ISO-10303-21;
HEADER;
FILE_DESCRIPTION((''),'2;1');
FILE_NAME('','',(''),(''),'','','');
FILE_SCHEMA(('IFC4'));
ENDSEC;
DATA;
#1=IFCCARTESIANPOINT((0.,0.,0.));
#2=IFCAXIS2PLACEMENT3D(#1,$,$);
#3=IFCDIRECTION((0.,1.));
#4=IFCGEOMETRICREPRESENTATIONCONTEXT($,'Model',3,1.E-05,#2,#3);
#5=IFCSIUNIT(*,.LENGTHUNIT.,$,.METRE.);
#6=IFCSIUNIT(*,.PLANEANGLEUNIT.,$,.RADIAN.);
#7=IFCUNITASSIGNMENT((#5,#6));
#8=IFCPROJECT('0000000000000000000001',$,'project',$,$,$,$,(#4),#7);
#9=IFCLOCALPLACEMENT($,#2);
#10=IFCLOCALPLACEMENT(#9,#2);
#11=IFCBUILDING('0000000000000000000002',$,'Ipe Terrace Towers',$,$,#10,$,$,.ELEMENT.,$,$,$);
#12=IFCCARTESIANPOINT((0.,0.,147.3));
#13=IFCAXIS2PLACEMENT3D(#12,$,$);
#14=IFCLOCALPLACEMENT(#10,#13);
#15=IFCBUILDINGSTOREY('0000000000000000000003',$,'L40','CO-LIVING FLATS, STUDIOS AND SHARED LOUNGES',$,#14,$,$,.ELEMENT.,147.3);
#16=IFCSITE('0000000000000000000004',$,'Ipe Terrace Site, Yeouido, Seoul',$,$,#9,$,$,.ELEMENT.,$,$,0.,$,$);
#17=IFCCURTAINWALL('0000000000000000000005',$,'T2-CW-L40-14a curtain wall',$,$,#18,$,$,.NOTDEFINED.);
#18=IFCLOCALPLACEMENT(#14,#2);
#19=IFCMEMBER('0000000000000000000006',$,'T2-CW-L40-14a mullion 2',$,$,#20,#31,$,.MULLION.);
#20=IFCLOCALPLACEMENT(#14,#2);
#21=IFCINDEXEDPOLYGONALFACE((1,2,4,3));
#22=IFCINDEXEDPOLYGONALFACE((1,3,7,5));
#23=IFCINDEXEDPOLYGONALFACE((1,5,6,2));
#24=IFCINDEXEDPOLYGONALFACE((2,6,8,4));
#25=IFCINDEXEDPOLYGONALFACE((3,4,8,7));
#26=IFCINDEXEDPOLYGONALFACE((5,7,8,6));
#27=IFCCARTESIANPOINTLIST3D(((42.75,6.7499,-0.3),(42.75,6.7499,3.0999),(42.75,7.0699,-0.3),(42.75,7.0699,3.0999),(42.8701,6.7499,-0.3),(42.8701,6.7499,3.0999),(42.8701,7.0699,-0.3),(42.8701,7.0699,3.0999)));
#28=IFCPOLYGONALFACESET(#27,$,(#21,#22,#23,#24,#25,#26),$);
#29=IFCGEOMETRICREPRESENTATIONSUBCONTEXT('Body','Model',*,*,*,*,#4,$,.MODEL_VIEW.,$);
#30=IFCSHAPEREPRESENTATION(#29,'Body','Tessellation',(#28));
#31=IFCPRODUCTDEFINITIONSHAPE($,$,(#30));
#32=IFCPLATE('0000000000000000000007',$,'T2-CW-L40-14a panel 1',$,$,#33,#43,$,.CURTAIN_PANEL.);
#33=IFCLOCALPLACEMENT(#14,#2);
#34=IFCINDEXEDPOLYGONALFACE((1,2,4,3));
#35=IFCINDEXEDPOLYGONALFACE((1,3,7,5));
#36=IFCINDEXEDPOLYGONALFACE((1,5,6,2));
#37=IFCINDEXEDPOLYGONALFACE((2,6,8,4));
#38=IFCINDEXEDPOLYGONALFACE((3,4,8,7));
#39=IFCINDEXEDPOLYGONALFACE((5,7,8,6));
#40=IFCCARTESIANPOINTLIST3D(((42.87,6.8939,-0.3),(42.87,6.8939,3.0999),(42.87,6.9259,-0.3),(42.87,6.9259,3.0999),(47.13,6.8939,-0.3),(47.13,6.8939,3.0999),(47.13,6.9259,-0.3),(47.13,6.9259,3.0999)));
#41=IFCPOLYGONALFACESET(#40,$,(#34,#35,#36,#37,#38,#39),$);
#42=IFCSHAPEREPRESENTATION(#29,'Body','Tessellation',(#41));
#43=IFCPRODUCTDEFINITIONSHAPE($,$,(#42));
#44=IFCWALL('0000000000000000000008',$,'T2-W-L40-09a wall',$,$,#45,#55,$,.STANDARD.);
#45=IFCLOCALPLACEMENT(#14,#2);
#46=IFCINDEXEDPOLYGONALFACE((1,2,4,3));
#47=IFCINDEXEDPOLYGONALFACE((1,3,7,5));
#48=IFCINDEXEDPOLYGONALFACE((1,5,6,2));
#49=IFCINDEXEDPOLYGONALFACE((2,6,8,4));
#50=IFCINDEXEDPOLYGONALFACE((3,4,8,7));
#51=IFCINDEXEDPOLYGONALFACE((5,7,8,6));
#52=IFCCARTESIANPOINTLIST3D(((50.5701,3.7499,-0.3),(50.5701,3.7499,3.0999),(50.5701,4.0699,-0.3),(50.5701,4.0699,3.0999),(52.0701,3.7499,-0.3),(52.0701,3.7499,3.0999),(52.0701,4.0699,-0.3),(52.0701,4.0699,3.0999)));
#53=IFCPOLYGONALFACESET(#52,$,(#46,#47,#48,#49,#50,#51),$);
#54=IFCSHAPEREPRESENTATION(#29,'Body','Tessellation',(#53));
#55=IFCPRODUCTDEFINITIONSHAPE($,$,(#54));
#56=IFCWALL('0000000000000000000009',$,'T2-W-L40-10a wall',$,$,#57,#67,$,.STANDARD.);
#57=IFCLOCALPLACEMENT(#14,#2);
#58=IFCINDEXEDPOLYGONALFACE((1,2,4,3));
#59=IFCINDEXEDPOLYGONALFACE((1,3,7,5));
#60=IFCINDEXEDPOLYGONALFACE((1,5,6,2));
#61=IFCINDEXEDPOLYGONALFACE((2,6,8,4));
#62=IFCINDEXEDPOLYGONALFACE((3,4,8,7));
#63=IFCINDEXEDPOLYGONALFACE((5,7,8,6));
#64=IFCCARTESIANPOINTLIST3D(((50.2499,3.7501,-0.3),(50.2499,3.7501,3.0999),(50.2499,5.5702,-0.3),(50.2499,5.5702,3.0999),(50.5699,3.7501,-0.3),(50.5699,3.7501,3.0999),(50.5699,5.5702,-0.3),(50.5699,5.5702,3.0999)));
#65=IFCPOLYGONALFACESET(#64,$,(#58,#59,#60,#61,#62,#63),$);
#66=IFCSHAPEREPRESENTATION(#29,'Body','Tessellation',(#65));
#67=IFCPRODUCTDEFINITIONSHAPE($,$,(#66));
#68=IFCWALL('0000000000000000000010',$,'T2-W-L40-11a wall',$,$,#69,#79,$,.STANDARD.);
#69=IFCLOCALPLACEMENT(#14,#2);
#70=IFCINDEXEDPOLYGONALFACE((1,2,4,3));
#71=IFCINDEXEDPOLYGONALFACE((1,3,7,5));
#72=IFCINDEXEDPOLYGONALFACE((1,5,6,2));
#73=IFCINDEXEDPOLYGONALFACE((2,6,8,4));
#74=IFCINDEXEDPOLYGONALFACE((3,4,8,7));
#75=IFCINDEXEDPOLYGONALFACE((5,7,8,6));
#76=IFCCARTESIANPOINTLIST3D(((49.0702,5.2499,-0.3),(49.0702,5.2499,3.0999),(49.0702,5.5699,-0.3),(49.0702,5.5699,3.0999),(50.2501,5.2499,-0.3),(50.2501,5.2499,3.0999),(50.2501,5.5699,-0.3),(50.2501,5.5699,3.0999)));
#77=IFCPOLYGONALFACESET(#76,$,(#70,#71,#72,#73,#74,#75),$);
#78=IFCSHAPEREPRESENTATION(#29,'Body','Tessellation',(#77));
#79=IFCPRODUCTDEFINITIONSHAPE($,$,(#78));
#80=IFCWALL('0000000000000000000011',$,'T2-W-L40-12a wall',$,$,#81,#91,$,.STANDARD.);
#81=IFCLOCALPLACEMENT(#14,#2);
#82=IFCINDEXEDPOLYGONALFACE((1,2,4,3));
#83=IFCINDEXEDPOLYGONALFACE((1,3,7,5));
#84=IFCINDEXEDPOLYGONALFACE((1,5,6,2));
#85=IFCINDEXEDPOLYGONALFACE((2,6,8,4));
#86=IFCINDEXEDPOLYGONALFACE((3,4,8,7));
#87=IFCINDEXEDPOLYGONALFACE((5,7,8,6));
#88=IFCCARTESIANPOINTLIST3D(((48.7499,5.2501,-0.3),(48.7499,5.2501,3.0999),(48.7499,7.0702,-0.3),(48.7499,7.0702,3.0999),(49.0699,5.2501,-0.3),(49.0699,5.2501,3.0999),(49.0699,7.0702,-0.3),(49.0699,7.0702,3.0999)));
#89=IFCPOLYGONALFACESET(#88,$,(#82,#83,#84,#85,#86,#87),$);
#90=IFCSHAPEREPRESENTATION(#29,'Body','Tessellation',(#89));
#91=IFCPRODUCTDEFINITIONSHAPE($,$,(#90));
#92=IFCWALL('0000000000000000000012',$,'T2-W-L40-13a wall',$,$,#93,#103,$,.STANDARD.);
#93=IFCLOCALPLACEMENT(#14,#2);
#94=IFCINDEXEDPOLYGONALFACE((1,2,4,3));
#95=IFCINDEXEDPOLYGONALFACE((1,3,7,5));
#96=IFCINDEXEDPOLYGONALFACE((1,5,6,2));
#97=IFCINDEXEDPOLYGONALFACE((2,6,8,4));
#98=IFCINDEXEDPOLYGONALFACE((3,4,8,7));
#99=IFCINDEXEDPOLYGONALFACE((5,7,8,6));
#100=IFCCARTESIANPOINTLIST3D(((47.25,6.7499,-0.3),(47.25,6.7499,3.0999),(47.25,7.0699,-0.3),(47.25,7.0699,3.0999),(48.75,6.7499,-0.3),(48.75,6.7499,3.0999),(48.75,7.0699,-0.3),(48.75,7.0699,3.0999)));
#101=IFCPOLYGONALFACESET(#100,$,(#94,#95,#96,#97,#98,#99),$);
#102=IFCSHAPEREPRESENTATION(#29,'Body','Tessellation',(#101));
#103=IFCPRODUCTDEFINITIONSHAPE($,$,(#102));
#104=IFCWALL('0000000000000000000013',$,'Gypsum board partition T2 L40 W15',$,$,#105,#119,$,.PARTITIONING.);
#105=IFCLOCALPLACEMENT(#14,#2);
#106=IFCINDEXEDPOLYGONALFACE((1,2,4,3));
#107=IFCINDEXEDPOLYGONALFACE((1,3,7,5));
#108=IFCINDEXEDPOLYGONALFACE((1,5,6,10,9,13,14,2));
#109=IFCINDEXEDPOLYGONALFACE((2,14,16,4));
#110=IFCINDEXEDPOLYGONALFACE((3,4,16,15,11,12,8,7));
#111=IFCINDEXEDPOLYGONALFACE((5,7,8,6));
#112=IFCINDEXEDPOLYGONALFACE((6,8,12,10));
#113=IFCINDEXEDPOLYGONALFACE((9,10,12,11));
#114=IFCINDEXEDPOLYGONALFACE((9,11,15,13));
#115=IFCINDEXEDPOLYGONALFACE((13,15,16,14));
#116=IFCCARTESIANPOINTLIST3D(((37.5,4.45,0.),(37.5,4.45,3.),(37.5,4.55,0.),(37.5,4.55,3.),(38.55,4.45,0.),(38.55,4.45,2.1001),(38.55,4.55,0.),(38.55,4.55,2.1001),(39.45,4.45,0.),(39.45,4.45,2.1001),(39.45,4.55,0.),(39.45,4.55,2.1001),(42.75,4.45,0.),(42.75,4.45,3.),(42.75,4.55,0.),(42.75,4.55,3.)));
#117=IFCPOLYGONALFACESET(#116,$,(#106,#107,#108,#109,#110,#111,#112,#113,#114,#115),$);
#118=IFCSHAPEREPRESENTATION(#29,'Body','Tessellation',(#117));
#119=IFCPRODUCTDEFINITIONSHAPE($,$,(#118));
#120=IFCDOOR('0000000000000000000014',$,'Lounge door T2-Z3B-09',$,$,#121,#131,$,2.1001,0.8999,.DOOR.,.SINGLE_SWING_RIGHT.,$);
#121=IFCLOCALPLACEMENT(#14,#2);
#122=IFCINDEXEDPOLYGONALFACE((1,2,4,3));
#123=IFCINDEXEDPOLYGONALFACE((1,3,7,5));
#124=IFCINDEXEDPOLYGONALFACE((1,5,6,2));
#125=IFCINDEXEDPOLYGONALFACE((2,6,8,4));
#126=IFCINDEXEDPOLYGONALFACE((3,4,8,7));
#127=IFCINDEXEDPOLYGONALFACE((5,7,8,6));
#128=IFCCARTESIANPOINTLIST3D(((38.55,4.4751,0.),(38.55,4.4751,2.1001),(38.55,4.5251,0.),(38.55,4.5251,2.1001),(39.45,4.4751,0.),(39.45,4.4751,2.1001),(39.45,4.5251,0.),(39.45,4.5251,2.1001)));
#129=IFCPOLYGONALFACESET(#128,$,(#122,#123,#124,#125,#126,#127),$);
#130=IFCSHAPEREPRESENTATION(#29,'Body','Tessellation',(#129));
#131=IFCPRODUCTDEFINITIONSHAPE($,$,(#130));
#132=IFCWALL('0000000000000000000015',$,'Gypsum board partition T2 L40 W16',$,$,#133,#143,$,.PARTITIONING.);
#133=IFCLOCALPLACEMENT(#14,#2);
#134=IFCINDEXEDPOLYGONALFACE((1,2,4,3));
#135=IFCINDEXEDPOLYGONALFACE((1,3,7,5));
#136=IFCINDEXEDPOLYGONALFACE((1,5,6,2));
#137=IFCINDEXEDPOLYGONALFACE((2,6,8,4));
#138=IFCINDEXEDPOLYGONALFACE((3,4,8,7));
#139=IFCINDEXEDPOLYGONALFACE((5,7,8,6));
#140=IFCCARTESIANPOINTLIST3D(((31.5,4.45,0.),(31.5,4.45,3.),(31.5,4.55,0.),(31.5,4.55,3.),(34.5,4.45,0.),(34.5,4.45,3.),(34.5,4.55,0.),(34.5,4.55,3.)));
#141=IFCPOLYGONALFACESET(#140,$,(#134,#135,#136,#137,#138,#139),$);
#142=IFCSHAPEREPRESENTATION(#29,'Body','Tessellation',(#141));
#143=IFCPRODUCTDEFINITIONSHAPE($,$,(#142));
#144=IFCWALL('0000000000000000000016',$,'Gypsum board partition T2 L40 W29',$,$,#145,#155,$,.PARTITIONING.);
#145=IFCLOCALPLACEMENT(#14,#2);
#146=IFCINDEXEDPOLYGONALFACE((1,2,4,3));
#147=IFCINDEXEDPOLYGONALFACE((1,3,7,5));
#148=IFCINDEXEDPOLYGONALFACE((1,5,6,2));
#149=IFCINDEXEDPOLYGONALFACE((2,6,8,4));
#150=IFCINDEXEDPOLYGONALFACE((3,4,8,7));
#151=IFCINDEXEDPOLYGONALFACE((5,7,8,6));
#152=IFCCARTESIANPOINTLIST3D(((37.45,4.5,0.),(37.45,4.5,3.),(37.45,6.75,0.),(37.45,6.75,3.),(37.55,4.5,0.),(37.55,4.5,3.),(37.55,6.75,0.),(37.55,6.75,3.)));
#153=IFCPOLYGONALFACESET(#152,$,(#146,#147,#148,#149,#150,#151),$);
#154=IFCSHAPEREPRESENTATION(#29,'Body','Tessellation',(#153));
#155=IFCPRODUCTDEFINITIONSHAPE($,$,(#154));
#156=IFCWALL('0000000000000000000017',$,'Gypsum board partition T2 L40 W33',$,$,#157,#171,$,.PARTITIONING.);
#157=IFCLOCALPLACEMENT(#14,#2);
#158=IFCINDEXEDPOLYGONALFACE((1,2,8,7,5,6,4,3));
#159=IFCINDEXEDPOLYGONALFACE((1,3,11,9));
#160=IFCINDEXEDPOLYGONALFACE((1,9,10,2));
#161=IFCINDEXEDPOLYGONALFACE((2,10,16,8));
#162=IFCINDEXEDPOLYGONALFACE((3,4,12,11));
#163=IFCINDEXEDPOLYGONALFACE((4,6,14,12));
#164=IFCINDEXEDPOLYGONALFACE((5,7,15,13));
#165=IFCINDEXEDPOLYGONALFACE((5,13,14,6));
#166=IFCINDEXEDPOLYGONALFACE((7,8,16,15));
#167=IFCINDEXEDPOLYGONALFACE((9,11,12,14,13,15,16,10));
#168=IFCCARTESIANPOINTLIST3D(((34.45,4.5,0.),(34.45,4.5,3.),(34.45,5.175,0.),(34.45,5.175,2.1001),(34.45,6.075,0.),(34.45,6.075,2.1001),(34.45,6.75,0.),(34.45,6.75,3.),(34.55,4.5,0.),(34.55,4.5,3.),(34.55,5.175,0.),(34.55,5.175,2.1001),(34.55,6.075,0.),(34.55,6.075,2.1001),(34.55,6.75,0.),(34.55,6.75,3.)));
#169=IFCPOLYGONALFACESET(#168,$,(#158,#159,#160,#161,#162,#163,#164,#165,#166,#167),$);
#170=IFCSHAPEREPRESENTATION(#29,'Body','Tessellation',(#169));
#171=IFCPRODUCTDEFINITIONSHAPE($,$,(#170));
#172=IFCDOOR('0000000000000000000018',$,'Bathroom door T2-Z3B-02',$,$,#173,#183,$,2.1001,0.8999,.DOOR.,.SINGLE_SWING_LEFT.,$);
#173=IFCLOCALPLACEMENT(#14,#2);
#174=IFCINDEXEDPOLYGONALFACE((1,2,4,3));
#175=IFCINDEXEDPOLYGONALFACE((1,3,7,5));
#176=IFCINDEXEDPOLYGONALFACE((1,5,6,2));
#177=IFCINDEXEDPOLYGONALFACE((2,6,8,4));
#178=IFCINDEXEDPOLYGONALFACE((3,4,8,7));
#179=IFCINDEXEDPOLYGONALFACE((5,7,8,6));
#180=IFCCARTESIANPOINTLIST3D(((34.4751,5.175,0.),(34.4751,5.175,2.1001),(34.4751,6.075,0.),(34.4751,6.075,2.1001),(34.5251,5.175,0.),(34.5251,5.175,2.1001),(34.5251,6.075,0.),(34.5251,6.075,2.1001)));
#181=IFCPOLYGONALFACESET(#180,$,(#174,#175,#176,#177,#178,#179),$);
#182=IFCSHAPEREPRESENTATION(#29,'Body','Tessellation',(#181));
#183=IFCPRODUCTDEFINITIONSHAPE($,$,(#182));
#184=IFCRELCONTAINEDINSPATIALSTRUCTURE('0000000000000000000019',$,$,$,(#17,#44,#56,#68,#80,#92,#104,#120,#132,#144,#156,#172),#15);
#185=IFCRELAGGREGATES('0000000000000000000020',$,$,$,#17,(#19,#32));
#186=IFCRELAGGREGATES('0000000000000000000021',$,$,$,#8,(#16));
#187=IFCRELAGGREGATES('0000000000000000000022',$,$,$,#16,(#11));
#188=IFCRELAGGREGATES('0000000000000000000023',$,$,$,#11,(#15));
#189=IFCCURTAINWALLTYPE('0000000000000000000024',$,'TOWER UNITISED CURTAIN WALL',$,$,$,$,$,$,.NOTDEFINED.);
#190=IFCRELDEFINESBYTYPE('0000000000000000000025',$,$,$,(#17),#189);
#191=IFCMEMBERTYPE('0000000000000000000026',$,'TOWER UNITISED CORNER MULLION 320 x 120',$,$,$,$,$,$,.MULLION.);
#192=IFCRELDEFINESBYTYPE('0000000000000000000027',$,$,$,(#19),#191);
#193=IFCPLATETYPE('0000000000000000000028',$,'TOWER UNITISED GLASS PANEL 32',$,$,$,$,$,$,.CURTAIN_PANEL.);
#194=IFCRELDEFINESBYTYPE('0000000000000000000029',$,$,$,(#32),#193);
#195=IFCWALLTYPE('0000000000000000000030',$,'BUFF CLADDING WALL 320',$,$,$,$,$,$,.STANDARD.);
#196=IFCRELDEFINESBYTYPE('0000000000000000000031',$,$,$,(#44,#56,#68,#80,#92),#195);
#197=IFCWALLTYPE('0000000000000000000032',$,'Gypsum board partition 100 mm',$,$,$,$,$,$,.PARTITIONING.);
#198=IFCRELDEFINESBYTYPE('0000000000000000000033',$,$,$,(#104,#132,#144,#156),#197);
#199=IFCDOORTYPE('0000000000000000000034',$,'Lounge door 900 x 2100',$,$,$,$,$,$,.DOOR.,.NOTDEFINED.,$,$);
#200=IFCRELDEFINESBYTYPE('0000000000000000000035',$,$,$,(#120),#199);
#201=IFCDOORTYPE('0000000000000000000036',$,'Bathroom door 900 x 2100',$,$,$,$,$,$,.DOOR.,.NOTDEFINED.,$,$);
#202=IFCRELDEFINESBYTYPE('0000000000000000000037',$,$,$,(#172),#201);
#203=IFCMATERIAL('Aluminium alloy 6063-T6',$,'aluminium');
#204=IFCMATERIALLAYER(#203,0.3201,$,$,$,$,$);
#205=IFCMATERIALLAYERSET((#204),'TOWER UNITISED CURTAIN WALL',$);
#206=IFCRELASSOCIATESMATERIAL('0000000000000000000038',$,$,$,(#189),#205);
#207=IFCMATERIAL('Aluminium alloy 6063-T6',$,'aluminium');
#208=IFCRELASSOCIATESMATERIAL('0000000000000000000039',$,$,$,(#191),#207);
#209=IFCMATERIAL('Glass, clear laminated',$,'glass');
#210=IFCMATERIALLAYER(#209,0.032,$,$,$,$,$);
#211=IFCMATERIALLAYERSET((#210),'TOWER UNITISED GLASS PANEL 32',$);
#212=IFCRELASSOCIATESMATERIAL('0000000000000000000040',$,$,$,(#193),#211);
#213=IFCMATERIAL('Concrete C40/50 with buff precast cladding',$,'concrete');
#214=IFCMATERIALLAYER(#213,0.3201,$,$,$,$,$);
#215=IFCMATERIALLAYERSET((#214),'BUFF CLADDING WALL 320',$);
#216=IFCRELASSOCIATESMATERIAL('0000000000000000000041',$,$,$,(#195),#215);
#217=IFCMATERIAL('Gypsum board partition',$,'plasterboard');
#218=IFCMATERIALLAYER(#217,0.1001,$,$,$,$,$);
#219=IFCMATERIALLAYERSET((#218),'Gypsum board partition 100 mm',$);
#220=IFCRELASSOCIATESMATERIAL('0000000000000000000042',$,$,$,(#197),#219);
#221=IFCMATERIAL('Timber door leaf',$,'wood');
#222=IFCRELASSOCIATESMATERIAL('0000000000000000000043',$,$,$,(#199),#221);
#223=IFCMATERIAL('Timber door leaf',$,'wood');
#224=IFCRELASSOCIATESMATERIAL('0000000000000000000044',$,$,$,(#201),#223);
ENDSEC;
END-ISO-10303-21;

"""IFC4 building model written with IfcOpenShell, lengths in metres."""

from ifc_helpers import new_model, si_unit, direction, frame, frame_2d, origin, origin_2d, place, context, subcontext, project, spatial, rectangle, extrude, material, layer, layer_set, material_profile, profile_set, type_object, element, fill, aggregate, save


model = new_model("IFC4")

# Units and contexts
model_context = context("Model", 3, precision=1e-05, world=origin(), true_north=direction((0.0, 1.0)))
body_context = subcontext(model_context, "Body", "Model", "MODEL_VIEW")
ifc_project = project(units=[si_unit("LENGTHUNIT", "METRE"), si_unit("PLANEANGLEUNIT", "RADIAN")], contexts=[model_context])

# Site, building, storey
site_placement = place(None, origin())
site = spatial("IfcSite", under=ifc_project, at=site_placement, Name="Ipe Terrace Site, Yeouido, Seoul", CompositionType="ELEMENT", RefElevation=0.0)
building_placement = place(site_placement, origin())
building = spatial("IfcBuilding", under=site, at=building_placement, Name="Ipe Terrace Towers", CompositionType="ELEMENT")
storey_placement = place(building_placement, frame((0.0, 0.0, 147.3)))
storey = spatial("IfcBuildingStorey", under=building, at=storey_placement, Name="L40", Description="CO-LIVING FLATS, STUDIOS AND SHARED LOUNGES", CompositionType="ELEMENT", Elevation=147.3)

# Curtain wall, member, plate
ifc_material_1 = material(Name="Aluminium alloy 6063-T6", Category="aluminium")
ifc_layer_1 = layer(ifc_material_1, 0.3201)
ifc_layer_set_1 = layer_set([ifc_layer_1], Name="TOWER UNITISED CURTAIN WALL")
curtain_wall_type = type_object("IfcCurtainWallType", Name="TOWER UNITISED CURTAIN WALL", PredefinedType="NOTDEFINED", material=ifc_layer_set_1)
curtain_wall_placement = place(storey_placement, origin())
curtain_wall = element("IfcCurtainWall", 1, at=curtain_wall_placement, inside=storey, type_object=curtain_wall_type, Name="T2-CW-L40-14a curtain wall", PredefinedType="NOTDEFINED")
ifc_material_2 = material(Name="Aluminium alloy 6063-T6", Category="aluminium")
ifc_material_profile_1 = material_profile(ifc_material_2, rectangle(XDim=0.3201, YDim=0.1201, at=origin_2d()), Name="TOWER UNITISED CORNER MULLION 320 x 120")
ifc_profile_set_1 = profile_set([ifc_material_profile_1], Name="Aluminium alloy 6063-T6")
member_type = type_object("IfcMemberType", Name="TOWER UNITISED CORNER MULLION 320 x 120", PredefinedType="MULLION", material=ifc_profile_set_1)
member_1_placement = place(storey_placement, frame((42.8101, 6.9099, -0.3), z_axis=(0.0, 0.0, 1.0), x_axis=(0.0, 1.0, 0.0)))
member_1 = element("IfcMember", 2, at=member_1_placement, type_object=member_type, Name="T2-CW-L40-14a mullion 2", PredefinedType="MULLION", context=body_context, shape_type="SweptSolid", body=[
    extrude(rectangle(XDim=0.3201, YDim=0.1201, at=origin_2d()), origin(), (0.0, 0.0, 1.0), 3.3999),
])
ifc_material_3 = material(Name="Glass, clear laminated", Category="glass")
ifc_layer_2 = layer(ifc_material_3, 0.032)
ifc_layer_set_2 = layer_set([ifc_layer_2], Name="TOWER UNITISED GLASS PANEL 32")
plate_type = type_object("IfcPlateType", Name="TOWER UNITISED GLASS PANEL 32", PredefinedType="CURTAIN_PANEL", material=ifc_layer_set_2)
plate_placement = place(storey_placement, frame((45.0, 6.9099, -0.3), z_axis=(0.0, 0.0, 1.0), x_axis=(-1.0, 0.0, 0.0)))
plate = element("IfcPlate", 3, at=plate_placement, type_object=plate_type, Name="T2-CW-L40-14a panel 1", PredefinedType="CURTAIN_PANEL", context=body_context, shape_type="SweptSolid", body=[
    extrude(rectangle(XDim=4.26, YDim=0.032, at=origin_2d()), origin(), (0.0, 0.0, 1.0), 3.3999),
])
aggregate(curtain_wall, [member_1, plate])

# Walls
ifc_material_4 = material(Name="Concrete C40/50 with buff precast cladding", Category="concrete")
ifc_layer_3 = layer(ifc_material_4, 0.3201)
ifc_layer_set_3 = layer_set([ifc_layer_3], Name="BUFF CLADDING WALL 320")
wall_type_1 = type_object("IfcWallType", Name="BUFF CLADDING WALL 320", PredefinedType="STANDARD", material=ifc_layer_set_3)
wall_1_placement = place(storey_placement, frame((52.0701, 3.9099, -0.3), z_axis=(0.0, 0.0, 1.0), x_axis=(-1.0, 0.0, 0.0)))
element("IfcWall", 4, at=wall_1_placement, inside=storey, type_object=wall_type_1, Name="T2-W-L40-09a wall", PredefinedType="STANDARD", context=body_context, shape_type="SweptSolid", body=[
    extrude(rectangle(XDim=1.5, YDim=0.3201, at=frame_2d((0.75, 0.0))), origin(), (0.0, 0.0, 1.0), 3.3999),
])
wall_2_placement = place(storey_placement, frame((50.4099, 3.75, -0.3), z_axis=(0.0, 0.0, 1.0), x_axis=(0.0, 1.0, 0.0)))
element("IfcWall", 5, at=wall_2_placement, inside=storey, type_object=wall_type_1, Name="T2-W-L40-10a wall", PredefinedType="STANDARD", context=body_context, shape_type="SweptSolid", body=[
    extrude(rectangle(XDim=1.8201, YDim=0.3201, at=frame_2d((0.9102, 0.0))), origin(), (0.0, 0.0, 1.0), 3.3999),
])
wall_3_placement = place(storey_placement, frame((50.25, 5.4099, -0.3), z_axis=(0.0, 0.0, 1.0), x_axis=(-1.0, 0.0, 0.0)))
element("IfcWall", 6, at=wall_3_placement, inside=storey, type_object=wall_type_1, Name="T2-W-L40-11a wall", PredefinedType="STANDARD", context=body_context, shape_type="SweptSolid", body=[
    extrude(rectangle(XDim=1.1799, YDim=0.3201, at=frame_2d((0.5898, 0.0))), origin(), (0.0, 0.0, 1.0), 3.3999),
])
wall_4_placement = place(storey_placement, frame((48.9099, 5.25, -0.3), z_axis=(0.0, 0.0, 1.0), x_axis=(0.0, 1.0, 0.0)))
element("IfcWall", 7, at=wall_4_placement, inside=storey, type_object=wall_type_1, Name="T2-W-L40-12a wall", PredefinedType="STANDARD", context=body_context, shape_type="SweptSolid", body=[
    extrude(rectangle(XDim=1.8201, YDim=0.3201, at=frame_2d((0.9102, 0.0))), origin(), (0.0, 0.0, 1.0), 3.3999),
])
wall_5_placement = place(storey_placement, frame((48.75, 6.9099, -0.3), z_axis=(0.0, 0.0, 1.0), x_axis=(-1.0, 0.0, 0.0)))
element("IfcWall", 8, at=wall_5_placement, inside=storey, type_object=wall_type_1, Name="T2-W-L40-13a wall", PredefinedType="STANDARD", context=body_context, shape_type="SweptSolid", body=[
    extrude(rectangle(XDim=1.5, YDim=0.3201, at=frame_2d((0.75, 0.0))), origin(), (0.0, 0.0, 1.0), 3.3999),
])

# Wall, opening, door
ifc_material_5 = material(Name="Gypsum board partition", Category="plasterboard")
ifc_layer_4 = layer(ifc_material_5, 0.1001)
ifc_layer_set_4 = layer_set([ifc_layer_4], Name="Gypsum board partition 100 mm")
wall_type_2 = type_object("IfcWallType", Name="Gypsum board partition 100 mm", PredefinedType="PARTITIONING", material=ifc_layer_set_4)
wall_6_placement = place(storey_placement, frame((42.75, 4.5, 0.0), z_axis=(0.0, 0.0, 1.0), x_axis=(-1.0, 0.0, 0.0)))
wall_6 = element("IfcWall", 9, at=wall_6_placement, inside=storey, type_object=wall_type_2, Name="Gypsum board partition T2 L40 W15", PredefinedType="PARTITIONING", context=body_context, shape_type="SweptSolid", body=[
    extrude(rectangle(XDim=5.25, YDim=0.1001, at=frame_2d((2.625, 0.0))), origin(), (0.0, 0.0, 1.0), 3.0),
])
opening_1_placement = place(wall_6_placement, frame((3.3, 0.0, 0.0)))
opening_1 = element("IfcOpeningElement", 10, at=opening_1_placement, cuts=wall_6, PredefinedType="OPENING", context=body_context, shape_type="SweptSolid", body=[
    extrude(rectangle(XDim=0.8999, YDim=2.1001, at=frame_2d((0.45, 1.05))), frame((0.0, 0.0601, 0.0), z_axis=(0.0, -1.0, 0.0), x_axis=(1.0, 0.0, 0.0)), (0.0, 0.0, 1.0), 0.1201),
])
ifc_material_6 = material(Name="Timber door leaf", Category="wood")
door_type_1 = type_object("IfcDoorType", Name="Lounge door 900 x 2100", OperationType="NOTDEFINED", PredefinedType="DOOR", material=ifc_material_6)
door_1_placement = place(opening_1_placement, origin())
door_1 = element("IfcDoor", 11, at=door_1_placement, inside=storey, type_object=door_type_1, Name="Lounge door T2-Z3B-09", OperationType="SINGLE_SWING_RIGHT", OverallHeight=2.1001, OverallWidth=0.8999, PredefinedType="DOOR", context=body_context, shape_type="SweptSolid", body=[
    extrude(rectangle(XDim=0.8999, YDim=2.1001, at=frame_2d((0.45, 1.05))), frame((0.0, 0.0249, 0.0), z_axis=(0.0, -1.0, 0.0), x_axis=(1.0, 0.0, 0.0)), (0.0, 0.0, 1.0), 0.05),
])
fill(opening_1, door_1)

# Walls
wall_7_placement = place(storey_placement, frame((34.5, 4.5, 0.0), z_axis=(0.0, 0.0, 1.0), x_axis=(-1.0, 0.0, 0.0)))
element("IfcWall", 12, at=wall_7_placement, inside=storey, type_object=wall_type_2, Name="Gypsum board partition T2 L40 W16", PredefinedType="PARTITIONING", context=body_context, shape_type="SweptSolid", body=[
    extrude(rectangle(XDim=3.0, YDim=0.1001, at=frame_2d((1.5, 0.0))), origin(), (0.0, 0.0, 1.0), 3.0),
])
wall_8_placement = place(storey_placement, frame((37.5, 4.5, 0.0), z_axis=(0.0, 0.0, 1.0), x_axis=(0.0, 1.0, 0.0)))
element("IfcWall", 13, at=wall_8_placement, inside=storey, type_object=wall_type_2, Name="Gypsum board partition T2 L40 W29", PredefinedType="PARTITIONING", context=body_context, shape_type="SweptSolid", body=[
    extrude(rectangle(XDim=2.25, YDim=0.1001, at=frame_2d((1.125, 0.0))), origin(), (0.0, 0.0, 1.0), 3.0),
])

# Wall, opening, door
wall_9_placement = place(storey_placement, frame((34.5, 4.5, 0.0), z_axis=(0.0, 0.0, 1.0), x_axis=(0.0, 1.0, 0.0)))
wall_9 = element("IfcWall", 14, at=wall_9_placement, inside=storey, type_object=wall_type_2, Name="Gypsum board partition T2 L40 W33", PredefinedType="PARTITIONING", context=body_context, shape_type="SweptSolid", body=[
    extrude(rectangle(XDim=2.25, YDim=0.1001, at=frame_2d((1.125, 0.0))), origin(), (0.0, 0.0, 1.0), 3.0),
])
opening_2_placement = place(wall_9_placement, frame((0.675, 0.0, 0.0)))
opening_2 = element("IfcOpeningElement", 15, at=opening_2_placement, cuts=wall_9, PredefinedType="OPENING", context=body_context, shape_type="SweptSolid", body=[
    extrude(rectangle(XDim=0.8999, YDim=2.1001, at=frame_2d((0.45, 1.05))), frame((0.0, 0.0601, 0.0), z_axis=(0.0, -1.0, 0.0), x_axis=(1.0, 0.0, 0.0)), (0.0, 0.0, 1.0), 0.1201),
])
ifc_material_7 = material(Name="Timber door leaf", Category="wood")
door_type_2 = type_object("IfcDoorType", Name="Bathroom door 900 x 2100", OperationType="NOTDEFINED", PredefinedType="DOOR", material=ifc_material_7)
door_2_placement = place(opening_2_placement, origin())
door_2 = element("IfcDoor", 16, at=door_2_placement, inside=storey, type_object=door_type_2, Name="Bathroom door T2-Z3B-02", OperationType="SINGLE_SWING_LEFT", OverallHeight=2.1001, OverallWidth=0.8999, PredefinedType="DOOR", context=body_context, shape_type="SweptSolid", body=[
    extrude(rectangle(XDim=0.8999, YDim=2.1001, at=frame_2d((0.45, 1.05))), frame((0.0, 0.0249, 0.0), z_axis=(0.0, -1.0, 0.0), x_axis=(1.0, 0.0, 0.0)), (0.0, 0.0, 1.0), 0.05),
])
fill(opening_2, door_2)

save(model, "model.ifc")
